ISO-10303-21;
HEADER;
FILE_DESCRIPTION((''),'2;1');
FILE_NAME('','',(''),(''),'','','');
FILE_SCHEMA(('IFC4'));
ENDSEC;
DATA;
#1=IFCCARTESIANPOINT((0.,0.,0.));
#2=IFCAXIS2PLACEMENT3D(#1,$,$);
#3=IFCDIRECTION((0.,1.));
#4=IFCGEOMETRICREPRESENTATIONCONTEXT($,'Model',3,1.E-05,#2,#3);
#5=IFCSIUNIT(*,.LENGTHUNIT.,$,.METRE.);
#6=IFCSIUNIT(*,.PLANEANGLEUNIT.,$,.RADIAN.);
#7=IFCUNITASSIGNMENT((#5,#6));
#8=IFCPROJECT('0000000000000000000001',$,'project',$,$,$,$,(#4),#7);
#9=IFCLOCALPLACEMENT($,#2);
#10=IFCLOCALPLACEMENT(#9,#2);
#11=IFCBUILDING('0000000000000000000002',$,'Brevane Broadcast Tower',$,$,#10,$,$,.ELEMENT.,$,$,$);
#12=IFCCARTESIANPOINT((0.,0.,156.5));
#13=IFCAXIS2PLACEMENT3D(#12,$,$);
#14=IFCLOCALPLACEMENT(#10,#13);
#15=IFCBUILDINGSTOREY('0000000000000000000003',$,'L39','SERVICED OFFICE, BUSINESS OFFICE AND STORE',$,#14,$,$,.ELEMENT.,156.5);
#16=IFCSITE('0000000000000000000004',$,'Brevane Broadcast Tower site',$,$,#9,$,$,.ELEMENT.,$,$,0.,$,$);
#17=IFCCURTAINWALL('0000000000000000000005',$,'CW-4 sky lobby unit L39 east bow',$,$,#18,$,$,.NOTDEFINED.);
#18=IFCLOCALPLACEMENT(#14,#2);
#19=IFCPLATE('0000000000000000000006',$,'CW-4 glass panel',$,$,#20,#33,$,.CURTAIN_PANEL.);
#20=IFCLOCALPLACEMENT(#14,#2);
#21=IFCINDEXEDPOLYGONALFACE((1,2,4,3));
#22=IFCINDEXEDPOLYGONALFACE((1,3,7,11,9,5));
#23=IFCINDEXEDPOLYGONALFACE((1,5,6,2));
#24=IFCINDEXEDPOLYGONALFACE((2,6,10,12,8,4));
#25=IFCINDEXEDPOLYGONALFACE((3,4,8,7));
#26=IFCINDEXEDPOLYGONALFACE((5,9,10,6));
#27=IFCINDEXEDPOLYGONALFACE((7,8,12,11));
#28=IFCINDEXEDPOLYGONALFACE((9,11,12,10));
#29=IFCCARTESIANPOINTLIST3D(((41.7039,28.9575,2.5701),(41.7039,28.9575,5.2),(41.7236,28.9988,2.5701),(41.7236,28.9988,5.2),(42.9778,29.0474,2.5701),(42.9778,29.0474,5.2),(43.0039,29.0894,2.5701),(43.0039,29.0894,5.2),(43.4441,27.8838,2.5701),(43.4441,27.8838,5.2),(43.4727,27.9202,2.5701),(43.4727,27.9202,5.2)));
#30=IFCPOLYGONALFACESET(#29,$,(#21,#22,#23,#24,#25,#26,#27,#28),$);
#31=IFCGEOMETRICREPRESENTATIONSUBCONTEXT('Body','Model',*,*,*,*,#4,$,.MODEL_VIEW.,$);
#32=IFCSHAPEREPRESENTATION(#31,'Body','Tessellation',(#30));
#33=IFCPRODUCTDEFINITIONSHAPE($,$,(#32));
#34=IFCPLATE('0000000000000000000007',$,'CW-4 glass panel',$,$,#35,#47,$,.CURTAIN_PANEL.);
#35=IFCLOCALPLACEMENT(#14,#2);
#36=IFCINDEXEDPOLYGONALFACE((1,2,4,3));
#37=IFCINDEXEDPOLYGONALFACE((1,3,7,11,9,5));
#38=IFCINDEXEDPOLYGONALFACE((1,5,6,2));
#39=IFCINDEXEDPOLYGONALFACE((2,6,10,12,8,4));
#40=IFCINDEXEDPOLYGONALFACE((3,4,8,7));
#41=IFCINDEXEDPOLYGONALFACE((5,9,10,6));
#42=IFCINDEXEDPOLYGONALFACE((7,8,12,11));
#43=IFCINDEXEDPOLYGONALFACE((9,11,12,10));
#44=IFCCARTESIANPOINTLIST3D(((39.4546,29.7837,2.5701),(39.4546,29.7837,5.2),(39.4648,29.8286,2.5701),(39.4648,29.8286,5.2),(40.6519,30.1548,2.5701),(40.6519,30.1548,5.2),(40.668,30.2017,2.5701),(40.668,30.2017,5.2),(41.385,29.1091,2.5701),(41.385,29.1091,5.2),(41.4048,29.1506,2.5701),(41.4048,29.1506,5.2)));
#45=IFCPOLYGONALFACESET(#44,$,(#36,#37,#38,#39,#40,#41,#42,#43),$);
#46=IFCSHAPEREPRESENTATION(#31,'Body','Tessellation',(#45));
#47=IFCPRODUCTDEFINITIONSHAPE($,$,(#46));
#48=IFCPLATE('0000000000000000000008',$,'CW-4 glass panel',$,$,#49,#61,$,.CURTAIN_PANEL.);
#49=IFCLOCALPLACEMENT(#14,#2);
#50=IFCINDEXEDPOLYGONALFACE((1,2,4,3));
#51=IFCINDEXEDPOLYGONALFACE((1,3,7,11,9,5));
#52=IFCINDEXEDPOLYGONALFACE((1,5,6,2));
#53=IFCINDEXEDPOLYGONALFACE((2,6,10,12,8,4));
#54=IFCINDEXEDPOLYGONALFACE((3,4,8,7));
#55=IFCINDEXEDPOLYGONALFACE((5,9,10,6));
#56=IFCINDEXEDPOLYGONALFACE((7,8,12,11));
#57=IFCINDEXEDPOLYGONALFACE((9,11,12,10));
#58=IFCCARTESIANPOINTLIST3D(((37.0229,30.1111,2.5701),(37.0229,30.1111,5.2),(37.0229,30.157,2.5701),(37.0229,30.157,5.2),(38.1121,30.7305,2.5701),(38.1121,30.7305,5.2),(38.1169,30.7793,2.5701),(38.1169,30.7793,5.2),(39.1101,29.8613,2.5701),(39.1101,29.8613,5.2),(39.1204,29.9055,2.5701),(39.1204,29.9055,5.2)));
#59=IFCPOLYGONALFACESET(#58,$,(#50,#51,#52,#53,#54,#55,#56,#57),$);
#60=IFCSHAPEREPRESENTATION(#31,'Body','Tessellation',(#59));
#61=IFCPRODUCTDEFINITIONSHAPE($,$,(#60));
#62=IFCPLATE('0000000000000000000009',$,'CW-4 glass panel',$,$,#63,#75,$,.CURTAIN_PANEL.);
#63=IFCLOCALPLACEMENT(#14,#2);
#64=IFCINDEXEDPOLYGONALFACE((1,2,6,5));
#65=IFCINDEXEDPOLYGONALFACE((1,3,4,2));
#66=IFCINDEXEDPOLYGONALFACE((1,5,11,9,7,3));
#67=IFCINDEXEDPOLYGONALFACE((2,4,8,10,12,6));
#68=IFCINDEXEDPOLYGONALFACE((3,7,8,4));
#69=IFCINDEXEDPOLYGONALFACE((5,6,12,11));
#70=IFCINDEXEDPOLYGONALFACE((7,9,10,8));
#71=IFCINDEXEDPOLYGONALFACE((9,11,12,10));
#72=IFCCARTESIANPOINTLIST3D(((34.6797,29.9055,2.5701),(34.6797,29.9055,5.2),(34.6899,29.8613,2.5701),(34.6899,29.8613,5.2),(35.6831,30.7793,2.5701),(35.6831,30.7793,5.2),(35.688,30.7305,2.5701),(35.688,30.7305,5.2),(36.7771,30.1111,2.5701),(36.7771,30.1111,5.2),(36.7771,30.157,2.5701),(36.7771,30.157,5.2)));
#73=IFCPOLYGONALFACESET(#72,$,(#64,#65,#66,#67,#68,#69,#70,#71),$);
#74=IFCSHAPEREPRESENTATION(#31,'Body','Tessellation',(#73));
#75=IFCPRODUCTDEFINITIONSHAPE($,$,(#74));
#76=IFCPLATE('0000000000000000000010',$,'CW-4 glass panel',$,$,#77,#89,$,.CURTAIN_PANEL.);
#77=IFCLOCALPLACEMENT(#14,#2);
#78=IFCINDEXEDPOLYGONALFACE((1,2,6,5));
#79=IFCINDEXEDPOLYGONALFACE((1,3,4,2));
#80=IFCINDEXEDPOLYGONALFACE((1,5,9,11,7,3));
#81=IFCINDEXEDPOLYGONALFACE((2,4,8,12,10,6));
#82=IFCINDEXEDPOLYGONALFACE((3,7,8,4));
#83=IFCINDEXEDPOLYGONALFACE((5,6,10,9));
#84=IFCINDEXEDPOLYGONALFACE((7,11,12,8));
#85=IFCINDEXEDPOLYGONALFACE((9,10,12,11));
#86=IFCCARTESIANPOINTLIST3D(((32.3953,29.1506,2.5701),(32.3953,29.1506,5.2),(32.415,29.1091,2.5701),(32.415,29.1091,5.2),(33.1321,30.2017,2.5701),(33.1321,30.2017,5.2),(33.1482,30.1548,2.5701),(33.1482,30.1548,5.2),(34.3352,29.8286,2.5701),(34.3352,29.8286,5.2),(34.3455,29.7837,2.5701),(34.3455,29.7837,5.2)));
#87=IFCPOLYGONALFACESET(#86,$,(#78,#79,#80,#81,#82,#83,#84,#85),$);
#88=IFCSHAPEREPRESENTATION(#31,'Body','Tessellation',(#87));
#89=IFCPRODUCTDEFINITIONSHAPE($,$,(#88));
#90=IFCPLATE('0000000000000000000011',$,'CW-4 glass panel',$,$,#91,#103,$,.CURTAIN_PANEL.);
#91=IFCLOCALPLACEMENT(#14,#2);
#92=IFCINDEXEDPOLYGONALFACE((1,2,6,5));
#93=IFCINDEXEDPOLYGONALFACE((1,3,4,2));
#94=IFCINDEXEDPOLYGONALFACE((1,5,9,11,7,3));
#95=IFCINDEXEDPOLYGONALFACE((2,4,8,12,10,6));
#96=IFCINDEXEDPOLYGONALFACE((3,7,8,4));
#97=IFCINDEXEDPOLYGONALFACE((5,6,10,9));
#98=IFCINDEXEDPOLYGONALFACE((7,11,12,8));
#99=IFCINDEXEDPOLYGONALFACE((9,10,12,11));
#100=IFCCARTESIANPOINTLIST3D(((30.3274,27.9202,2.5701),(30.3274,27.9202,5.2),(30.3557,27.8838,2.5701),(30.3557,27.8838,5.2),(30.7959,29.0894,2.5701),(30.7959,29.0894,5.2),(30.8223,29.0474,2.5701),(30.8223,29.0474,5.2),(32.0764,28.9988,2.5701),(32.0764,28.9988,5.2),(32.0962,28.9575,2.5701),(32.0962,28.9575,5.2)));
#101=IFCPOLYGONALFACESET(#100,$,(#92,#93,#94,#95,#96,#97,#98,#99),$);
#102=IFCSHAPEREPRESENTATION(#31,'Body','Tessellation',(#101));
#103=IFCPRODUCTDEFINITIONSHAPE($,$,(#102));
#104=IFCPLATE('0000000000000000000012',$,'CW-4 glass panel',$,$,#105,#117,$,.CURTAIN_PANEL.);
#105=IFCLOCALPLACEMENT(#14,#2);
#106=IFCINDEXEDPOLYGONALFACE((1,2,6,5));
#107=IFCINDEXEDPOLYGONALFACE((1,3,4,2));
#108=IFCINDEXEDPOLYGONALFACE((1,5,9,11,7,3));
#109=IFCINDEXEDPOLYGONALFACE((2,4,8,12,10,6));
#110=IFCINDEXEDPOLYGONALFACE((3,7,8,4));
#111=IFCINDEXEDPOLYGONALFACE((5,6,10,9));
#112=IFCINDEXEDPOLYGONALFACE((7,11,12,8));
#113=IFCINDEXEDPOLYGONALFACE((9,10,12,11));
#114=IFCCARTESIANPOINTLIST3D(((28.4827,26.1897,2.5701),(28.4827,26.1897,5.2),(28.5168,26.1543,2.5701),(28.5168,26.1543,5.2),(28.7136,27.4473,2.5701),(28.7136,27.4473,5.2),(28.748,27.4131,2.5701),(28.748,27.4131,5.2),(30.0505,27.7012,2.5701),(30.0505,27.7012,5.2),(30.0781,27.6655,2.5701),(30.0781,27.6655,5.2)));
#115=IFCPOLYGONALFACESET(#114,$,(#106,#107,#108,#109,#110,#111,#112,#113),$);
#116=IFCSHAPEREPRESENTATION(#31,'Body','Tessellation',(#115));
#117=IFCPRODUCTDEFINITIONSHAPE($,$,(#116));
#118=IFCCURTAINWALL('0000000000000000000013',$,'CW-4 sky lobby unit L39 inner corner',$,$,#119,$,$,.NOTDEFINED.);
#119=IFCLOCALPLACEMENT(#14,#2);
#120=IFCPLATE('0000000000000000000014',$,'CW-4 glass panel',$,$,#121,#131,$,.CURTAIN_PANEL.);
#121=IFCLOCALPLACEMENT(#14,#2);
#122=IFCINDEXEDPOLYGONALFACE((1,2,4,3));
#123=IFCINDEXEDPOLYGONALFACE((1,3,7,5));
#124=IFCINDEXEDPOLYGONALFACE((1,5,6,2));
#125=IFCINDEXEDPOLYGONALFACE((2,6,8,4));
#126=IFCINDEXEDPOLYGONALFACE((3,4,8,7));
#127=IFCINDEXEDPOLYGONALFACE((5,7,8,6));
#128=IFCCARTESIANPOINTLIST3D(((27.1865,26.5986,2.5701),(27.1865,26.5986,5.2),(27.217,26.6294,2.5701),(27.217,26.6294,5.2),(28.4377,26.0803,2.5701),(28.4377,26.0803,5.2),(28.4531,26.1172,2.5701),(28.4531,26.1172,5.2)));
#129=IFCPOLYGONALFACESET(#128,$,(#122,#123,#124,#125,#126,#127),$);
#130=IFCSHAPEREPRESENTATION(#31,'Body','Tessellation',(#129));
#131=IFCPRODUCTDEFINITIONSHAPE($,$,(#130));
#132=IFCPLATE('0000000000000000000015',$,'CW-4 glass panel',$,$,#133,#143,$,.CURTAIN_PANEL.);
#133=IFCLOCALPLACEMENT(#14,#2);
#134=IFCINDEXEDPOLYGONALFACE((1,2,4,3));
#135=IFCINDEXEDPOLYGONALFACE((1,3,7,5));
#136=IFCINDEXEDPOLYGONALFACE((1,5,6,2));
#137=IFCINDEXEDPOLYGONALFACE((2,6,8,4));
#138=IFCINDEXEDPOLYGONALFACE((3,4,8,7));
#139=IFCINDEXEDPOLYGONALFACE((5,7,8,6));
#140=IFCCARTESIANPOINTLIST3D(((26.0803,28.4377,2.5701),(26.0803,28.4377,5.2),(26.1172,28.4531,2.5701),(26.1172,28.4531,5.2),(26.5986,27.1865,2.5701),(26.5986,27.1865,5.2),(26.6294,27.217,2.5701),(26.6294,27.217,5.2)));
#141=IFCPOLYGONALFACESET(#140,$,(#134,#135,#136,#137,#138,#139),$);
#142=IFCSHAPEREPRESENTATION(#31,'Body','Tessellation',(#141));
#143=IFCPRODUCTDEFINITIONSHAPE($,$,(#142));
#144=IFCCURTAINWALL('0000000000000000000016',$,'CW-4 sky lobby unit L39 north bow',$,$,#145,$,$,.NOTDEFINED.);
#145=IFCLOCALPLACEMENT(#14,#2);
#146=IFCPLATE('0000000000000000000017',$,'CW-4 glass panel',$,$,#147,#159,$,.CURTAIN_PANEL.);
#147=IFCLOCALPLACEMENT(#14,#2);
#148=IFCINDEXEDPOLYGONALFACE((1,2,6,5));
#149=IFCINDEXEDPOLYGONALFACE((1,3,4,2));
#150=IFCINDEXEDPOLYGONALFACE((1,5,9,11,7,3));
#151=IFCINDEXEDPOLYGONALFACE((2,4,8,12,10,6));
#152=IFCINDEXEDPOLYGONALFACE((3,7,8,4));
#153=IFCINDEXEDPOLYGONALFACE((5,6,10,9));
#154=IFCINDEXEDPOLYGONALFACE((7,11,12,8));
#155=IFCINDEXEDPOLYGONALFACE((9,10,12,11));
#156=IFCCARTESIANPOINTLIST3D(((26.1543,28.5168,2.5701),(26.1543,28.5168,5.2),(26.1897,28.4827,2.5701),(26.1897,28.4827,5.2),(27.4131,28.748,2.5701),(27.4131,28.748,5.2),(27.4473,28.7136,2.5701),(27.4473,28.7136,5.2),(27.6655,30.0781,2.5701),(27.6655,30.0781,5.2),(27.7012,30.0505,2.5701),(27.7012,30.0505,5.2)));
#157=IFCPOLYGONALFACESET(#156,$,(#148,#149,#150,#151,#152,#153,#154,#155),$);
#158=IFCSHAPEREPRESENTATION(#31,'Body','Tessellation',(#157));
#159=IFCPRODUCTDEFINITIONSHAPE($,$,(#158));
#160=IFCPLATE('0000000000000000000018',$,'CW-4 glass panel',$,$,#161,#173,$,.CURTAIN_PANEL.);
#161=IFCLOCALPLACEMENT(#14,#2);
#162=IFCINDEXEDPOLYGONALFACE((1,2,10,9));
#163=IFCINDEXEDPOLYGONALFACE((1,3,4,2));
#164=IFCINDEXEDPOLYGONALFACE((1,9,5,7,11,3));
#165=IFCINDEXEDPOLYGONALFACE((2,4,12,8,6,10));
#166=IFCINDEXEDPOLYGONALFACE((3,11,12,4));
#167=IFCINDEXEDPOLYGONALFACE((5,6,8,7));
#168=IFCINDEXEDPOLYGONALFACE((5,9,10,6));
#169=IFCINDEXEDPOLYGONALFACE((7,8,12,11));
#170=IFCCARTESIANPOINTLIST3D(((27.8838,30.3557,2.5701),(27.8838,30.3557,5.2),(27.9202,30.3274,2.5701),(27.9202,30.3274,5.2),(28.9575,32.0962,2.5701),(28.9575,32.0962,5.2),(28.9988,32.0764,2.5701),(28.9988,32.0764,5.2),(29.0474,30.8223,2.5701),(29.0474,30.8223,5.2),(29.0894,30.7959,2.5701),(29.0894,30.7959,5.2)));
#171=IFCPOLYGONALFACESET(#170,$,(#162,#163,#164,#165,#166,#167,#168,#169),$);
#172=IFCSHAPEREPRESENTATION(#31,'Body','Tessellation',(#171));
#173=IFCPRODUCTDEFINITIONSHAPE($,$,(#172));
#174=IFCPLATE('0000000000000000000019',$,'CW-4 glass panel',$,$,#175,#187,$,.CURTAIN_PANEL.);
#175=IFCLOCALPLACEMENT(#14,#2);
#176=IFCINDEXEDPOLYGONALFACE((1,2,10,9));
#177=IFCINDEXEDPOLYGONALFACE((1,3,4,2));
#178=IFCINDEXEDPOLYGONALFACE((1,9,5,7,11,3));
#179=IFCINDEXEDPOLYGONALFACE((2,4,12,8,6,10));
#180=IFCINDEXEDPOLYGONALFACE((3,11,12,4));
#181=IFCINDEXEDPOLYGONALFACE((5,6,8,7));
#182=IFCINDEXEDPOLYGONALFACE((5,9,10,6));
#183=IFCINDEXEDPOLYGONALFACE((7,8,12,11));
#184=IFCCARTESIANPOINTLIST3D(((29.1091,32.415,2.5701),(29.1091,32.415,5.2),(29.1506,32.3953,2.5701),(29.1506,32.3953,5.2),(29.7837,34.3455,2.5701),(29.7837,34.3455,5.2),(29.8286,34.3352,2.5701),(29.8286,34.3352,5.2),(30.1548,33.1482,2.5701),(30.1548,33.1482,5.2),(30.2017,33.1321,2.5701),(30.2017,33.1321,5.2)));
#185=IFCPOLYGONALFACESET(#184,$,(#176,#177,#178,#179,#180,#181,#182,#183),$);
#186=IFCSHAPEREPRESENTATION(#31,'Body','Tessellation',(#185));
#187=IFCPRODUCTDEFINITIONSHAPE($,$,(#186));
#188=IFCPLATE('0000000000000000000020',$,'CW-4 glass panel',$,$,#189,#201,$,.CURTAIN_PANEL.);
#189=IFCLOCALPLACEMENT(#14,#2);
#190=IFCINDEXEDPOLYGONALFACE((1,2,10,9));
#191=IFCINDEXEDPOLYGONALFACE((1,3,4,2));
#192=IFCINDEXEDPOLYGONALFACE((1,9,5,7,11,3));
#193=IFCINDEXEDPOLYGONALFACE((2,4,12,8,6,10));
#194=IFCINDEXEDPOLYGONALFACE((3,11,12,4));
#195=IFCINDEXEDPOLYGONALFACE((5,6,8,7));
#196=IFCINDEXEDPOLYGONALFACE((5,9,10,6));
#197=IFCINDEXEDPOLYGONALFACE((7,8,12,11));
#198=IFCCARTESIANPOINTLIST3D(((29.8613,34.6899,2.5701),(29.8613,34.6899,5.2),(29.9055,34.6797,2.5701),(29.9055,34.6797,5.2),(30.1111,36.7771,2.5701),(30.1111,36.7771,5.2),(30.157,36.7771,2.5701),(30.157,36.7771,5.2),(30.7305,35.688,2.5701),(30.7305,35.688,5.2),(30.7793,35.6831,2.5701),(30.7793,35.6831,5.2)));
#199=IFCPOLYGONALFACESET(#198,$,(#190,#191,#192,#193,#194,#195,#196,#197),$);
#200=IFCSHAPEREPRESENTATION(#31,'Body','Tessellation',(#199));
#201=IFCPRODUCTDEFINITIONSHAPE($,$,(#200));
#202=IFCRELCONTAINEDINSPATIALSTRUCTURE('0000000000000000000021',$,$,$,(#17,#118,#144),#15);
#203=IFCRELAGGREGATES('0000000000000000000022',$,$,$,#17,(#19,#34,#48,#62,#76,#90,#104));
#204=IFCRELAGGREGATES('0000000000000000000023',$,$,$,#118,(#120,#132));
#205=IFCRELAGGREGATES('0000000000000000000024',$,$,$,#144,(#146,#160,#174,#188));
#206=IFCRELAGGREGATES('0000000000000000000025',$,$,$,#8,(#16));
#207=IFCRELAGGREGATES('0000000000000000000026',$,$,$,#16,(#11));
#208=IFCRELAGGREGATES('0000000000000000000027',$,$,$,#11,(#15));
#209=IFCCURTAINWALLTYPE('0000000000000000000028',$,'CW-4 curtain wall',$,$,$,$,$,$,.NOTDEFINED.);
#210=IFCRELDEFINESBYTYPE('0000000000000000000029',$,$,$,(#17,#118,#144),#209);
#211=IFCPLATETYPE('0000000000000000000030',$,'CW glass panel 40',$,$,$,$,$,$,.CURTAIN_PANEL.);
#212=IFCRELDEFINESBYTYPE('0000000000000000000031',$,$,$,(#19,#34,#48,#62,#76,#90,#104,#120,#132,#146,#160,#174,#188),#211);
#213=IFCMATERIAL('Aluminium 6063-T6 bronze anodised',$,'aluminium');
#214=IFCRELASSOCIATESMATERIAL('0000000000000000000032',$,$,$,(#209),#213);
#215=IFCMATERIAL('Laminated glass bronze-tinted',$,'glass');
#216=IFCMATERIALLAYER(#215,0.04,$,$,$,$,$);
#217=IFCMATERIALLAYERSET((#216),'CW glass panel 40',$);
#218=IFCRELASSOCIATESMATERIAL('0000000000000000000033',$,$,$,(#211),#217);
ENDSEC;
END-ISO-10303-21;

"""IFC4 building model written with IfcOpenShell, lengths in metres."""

from ifc_helpers import new_model, si_unit, direction, frame, origin, place, context, subcontext, project, spatial, polyline, outline, extrude, material, layer, layer_set, type_object, element, aggregate, save


model = new_model("IFC4")

# Units and contexts
model_context = context("Model", 3, precision=1e-05, world=origin(), true_north=direction((0.0, 1.0)))
body_context = subcontext(model_context, "Body", "Model", "MODEL_VIEW")
ifc_project = project(units=[si_unit("LENGTHUNIT", "METRE"), si_unit("PLANEANGLEUNIT", "RADIAN")], contexts=[model_context])

# Site, building, storey
site_placement = place(None, origin())
site = spatial("IfcSite", under=ifc_project, at=site_placement, Name="Brevane Broadcast Tower site", CompositionType="ELEMENT", RefElevation=0.0)
building_placement = place(site_placement, origin())
building = spatial("IfcBuilding", under=site, at=building_placement, Name="Brevane Broadcast Tower", CompositionType="ELEMENT")
storey_placement = place(building_placement, frame((0.0, 0.0, 156.5)))
storey = spatial("IfcBuildingStorey", under=building, at=storey_placement, Name="L39", Description="SERVICED OFFICE, BUSINESS OFFICE AND STORE", CompositionType="ELEMENT", Elevation=156.5)

# Curtain walls, plates
ifc_material_1 = material(Name="Aluminium 6063-T6 bronze anodised", Category="aluminium")
curtain_wall_type = type_object("IfcCurtainWallType", Name="CW-4 curtain wall", PredefinedType="NOTDEFINED", material=ifc_material_1)
ifc_material_2 = material(Name="Laminated glass bronze-tinted", Category="glass")
ifc_layer = layer(ifc_material_2, 0.04)
ifc_layer_set = layer_set([ifc_layer], Name="CW glass panel 40")
plate_type = type_object("IfcPlateType", Name="CW glass panel 40", PredefinedType="CURTAIN_PANEL", material=ifc_layer_set)
curtain_wall_1_placement = place(storey_placement, origin())
curtain_wall_1 = element("IfcCurtainWall", 1, at=curtain_wall_1_placement, inside=storey, type_object=curtain_wall_type, Name="CW-4 sky lobby unit L39 east bow", PredefinedType="NOTDEFINED")
plate_1_placement = place(storey_placement, frame((0.0, 0.0, 2.5701)))
plate_1 = element("IfcPlate", 2, at=plate_1_placement, type_object=plate_type, Name="CW-4 glass panel", PredefinedType="CURTAIN_PANEL", context=body_context, shape_type="SweptSolid", body=[
    extrude(outline(polyline([(43.4441, 27.8838), (43.4727, 27.9202), (43.0039, 29.0894), (41.7236, 28.9988), (41.7039, 28.9575), (42.9778, 29.0474), (43.4441, 27.8838)])), origin(), (0.0, 0.0, 1.0), 2.6299),
])
plate_2_placement = place(storey_placement, frame((0.0, 0.0, 2.5701)))
plate_2 = element("IfcPlate", 3, at=plate_2_placement, type_object=plate_type, Name="CW-4 glass panel", PredefinedType="CURTAIN_PANEL", context=body_context, shape_type="SweptSolid", body=[
    extrude(outline(polyline([(41.385, 29.1091), (41.4048, 29.1506), (40.668, 30.2017), (39.4648, 29.8286), (39.4546, 29.7837), (40.6519, 30.1548), (41.385, 29.1091)])), origin(), (0.0, 0.0, 1.0), 2.6299),
])
plate_3_placement = place(storey_placement, frame((0.0, 0.0, 2.5701)))
plate_3 = element("IfcPlate", 4, at=plate_3_placement, type_object=plate_type, Name="CW-4 glass panel", PredefinedType="CURTAIN_PANEL", context=body_context, shape_type="SweptSolid", body=[
    extrude(outline(polyline([(39.1101, 29.8613), (39.1204, 29.9055), (38.1169, 30.7793), (37.0229, 30.157), (37.0229, 30.1111), (38.1121, 30.7305), (39.1101, 29.8613)])), origin(), (0.0, 0.0, 1.0), 2.6299),
])
plate_4_placement = place(storey_placement, frame((0.0, 0.0, 2.5701)))
plate_4 = element("IfcPlate", 5, at=plate_4_placement, type_object=plate_type, Name="CW-4 glass panel", PredefinedType="CURTAIN_PANEL", context=body_context, shape_type="SweptSolid", body=[
    extrude(outline(polyline([(36.7771, 30.1111), (36.7771, 30.157), (35.6831, 30.7793), (34.6797, 29.9055), (34.6899, 29.8613), (35.688, 30.7305), (36.7771, 30.1111)])), origin(), (0.0, 0.0, 1.0), 2.6299),
])
plate_5_placement = place(storey_placement, frame((0.0, 0.0, 2.5701)))
plate_5 = element("IfcPlate", 6, at=plate_5_placement, type_object=plate_type, Name="CW-4 glass panel", PredefinedType="CURTAIN_PANEL", context=body_context, shape_type="SweptSolid", body=[
    extrude(outline(polyline([(34.3455, 29.7837), (34.3352, 29.8286), (33.1321, 30.2017), (32.3953, 29.1506), (32.415, 29.1091), (33.1482, 30.1548), (34.3455, 29.7837)])), origin(), (0.0, 0.0, 1.0), 2.6299),
])
plate_6_placement = place(storey_placement, frame((0.0, 0.0, 2.5701)))
plate_6 = element("IfcPlate", 7, at=plate_6_placement, type_object=plate_type, Name="CW-4 glass panel", PredefinedType="CURTAIN_PANEL", context=body_context, shape_type="SweptSolid", body=[
    extrude(outline(polyline([(32.0962, 28.9575), (32.0764, 28.9988), (30.7959, 29.0894), (30.3274, 27.9202), (30.3557, 27.8838), (30.8223, 29.0474), (32.0962, 28.9575)])), origin(), (0.0, 0.0, 1.0), 2.6299),
])
plate_7_placement = place(storey_placement, frame((0.0, 0.0, 2.5701)))
plate_7 = element("IfcPlate", 8, at=plate_7_placement, type_object=plate_type, Name="CW-4 glass panel", PredefinedType="CURTAIN_PANEL", context=body_context, shape_type="SweptSolid", body=[
    extrude(outline(polyline([(30.0781, 27.6655), (30.0505, 27.7012), (28.7136, 27.4473), (28.4827, 26.1897), (28.5168, 26.1543), (28.748, 27.4131), (30.0781, 27.6655)])), origin(), (0.0, 0.0, 1.0), 2.6299),
])
aggregate(curtain_wall_1, [plate_1, plate_2, plate_3, plate_4, plate_5, plate_6, plate_7])
curtain_wall_2_placement = place(storey_placement, origin())
curtain_wall_2 = element("IfcCurtainWall", 9, at=curtain_wall_2_placement, inside=storey, type_object=curtain_wall_type, Name="CW-4 sky lobby unit L39 inner corner", PredefinedType="NOTDEFINED")
plate_8_placement = place(storey_placement, frame((0.0, 0.0, 2.5701)))
plate_8 = element("IfcPlate", 10, at=plate_8_placement, type_object=plate_type, Name="CW-4 glass panel", PredefinedType="CURTAIN_PANEL", context=body_context, shape_type="SweptSolid", body=[
    extrude(outline(polyline([(28.4377, 26.0803), (28.4531, 26.1172), (27.217, 26.6294), (27.1865, 26.5986), (28.4377, 26.0803)])), origin(), (0.0, 0.0, 1.0), 2.6299),
])
plate_9_placement = place(storey_placement, frame((0.0, 0.0, 2.5701)))
plate_9 = element("IfcPlate", 11, at=plate_9_placement, type_object=plate_type, Name="CW-4 glass panel", PredefinedType="CURTAIN_PANEL", context=body_context, shape_type="SweptSolid", body=[
    extrude(outline(polyline([(26.5986, 27.1865), (26.6294, 27.217), (26.1172, 28.4531), (26.0803, 28.4377), (26.5986, 27.1865)])), origin(), (0.0, 0.0, 1.0), 2.6299),
])
aggregate(curtain_wall_2, [plate_8, plate_9])
curtain_wall_3_placement = place(storey_placement, origin())
curtain_wall_3 = element("IfcCurtainWall", 12, at=curtain_wall_3_placement, inside=storey, type_object=curtain_wall_type, Name="CW-4 sky lobby unit L39 north bow", PredefinedType="NOTDEFINED")
plate_10_placement = place(storey_placement, frame((0.0, 0.0, 2.5701)))
plate_10 = element("IfcPlate", 13, at=plate_10_placement, type_object=plate_type, Name="CW-4 glass panel", PredefinedType="CURTAIN_PANEL", context=body_context, shape_type="SweptSolid", body=[
    extrude(outline(polyline([(26.1543, 28.5168), (26.1897, 28.4827), (27.4473, 28.7136), (27.7012, 30.0505), (27.6655, 30.0781), (27.4131, 28.748), (26.1543, 28.5168)])), origin(), (0.0, 0.0, 1.0), 2.6299),
])
plate_11_placement = place(storey_placement, frame((0.0, 0.0, 2.5701)))
plate_11 = element("IfcPlate", 14, at=plate_11_placement, type_object=plate_type, Name="CW-4 glass panel", PredefinedType="CURTAIN_PANEL", context=body_context, shape_type="SweptSolid", body=[
    extrude(outline(polyline([(27.8838, 30.3557), (27.9202, 30.3274), (29.0894, 30.7959), (28.9988, 32.0764), (28.9575, 32.0962), (29.0474, 30.8223), (27.8838, 30.3557)])), origin(), (0.0, 0.0, 1.0), 2.6299),
])
plate_12_placement = place(storey_placement, frame((0.0, 0.0, 2.5701)))
plate_12 = element("IfcPlate", 15, at=plate_12_placement, type_object=plate_type, Name="CW-4 glass panel", PredefinedType="CURTAIN_PANEL", context=body_context, shape_type="SweptSolid", body=[
    extrude(outline(polyline([(29.1091, 32.415), (29.1506, 32.3953), (30.2017, 33.1321), (29.8286, 34.3352), (29.7837, 34.3455), (30.1548, 33.1482), (29.1091, 32.415)])), origin(), (0.0, 0.0, 1.0), 2.6299),
])
plate_13_placement = place(storey_placement, frame((0.0, 0.0, 2.5701)))
plate_13 = element("IfcPlate", 16, at=plate_13_placement, type_object=plate_type, Name="CW-4 glass panel", PredefinedType="CURTAIN_PANEL", context=body_context, shape_type="SweptSolid", body=[
    extrude(outline(polyline([(29.8613, 34.6899), (29.9055, 34.6797), (30.7793, 35.6831), (30.157, 36.7771), (30.1111, 36.7771), (30.7305, 35.688), (29.8613, 34.6899)])), origin(), (0.0, 0.0, 1.0), 2.6299),
])
aggregate(curtain_wall_3, [plate_10, plate_11, plate_12, plate_13])

save(model, "model.ifc")
